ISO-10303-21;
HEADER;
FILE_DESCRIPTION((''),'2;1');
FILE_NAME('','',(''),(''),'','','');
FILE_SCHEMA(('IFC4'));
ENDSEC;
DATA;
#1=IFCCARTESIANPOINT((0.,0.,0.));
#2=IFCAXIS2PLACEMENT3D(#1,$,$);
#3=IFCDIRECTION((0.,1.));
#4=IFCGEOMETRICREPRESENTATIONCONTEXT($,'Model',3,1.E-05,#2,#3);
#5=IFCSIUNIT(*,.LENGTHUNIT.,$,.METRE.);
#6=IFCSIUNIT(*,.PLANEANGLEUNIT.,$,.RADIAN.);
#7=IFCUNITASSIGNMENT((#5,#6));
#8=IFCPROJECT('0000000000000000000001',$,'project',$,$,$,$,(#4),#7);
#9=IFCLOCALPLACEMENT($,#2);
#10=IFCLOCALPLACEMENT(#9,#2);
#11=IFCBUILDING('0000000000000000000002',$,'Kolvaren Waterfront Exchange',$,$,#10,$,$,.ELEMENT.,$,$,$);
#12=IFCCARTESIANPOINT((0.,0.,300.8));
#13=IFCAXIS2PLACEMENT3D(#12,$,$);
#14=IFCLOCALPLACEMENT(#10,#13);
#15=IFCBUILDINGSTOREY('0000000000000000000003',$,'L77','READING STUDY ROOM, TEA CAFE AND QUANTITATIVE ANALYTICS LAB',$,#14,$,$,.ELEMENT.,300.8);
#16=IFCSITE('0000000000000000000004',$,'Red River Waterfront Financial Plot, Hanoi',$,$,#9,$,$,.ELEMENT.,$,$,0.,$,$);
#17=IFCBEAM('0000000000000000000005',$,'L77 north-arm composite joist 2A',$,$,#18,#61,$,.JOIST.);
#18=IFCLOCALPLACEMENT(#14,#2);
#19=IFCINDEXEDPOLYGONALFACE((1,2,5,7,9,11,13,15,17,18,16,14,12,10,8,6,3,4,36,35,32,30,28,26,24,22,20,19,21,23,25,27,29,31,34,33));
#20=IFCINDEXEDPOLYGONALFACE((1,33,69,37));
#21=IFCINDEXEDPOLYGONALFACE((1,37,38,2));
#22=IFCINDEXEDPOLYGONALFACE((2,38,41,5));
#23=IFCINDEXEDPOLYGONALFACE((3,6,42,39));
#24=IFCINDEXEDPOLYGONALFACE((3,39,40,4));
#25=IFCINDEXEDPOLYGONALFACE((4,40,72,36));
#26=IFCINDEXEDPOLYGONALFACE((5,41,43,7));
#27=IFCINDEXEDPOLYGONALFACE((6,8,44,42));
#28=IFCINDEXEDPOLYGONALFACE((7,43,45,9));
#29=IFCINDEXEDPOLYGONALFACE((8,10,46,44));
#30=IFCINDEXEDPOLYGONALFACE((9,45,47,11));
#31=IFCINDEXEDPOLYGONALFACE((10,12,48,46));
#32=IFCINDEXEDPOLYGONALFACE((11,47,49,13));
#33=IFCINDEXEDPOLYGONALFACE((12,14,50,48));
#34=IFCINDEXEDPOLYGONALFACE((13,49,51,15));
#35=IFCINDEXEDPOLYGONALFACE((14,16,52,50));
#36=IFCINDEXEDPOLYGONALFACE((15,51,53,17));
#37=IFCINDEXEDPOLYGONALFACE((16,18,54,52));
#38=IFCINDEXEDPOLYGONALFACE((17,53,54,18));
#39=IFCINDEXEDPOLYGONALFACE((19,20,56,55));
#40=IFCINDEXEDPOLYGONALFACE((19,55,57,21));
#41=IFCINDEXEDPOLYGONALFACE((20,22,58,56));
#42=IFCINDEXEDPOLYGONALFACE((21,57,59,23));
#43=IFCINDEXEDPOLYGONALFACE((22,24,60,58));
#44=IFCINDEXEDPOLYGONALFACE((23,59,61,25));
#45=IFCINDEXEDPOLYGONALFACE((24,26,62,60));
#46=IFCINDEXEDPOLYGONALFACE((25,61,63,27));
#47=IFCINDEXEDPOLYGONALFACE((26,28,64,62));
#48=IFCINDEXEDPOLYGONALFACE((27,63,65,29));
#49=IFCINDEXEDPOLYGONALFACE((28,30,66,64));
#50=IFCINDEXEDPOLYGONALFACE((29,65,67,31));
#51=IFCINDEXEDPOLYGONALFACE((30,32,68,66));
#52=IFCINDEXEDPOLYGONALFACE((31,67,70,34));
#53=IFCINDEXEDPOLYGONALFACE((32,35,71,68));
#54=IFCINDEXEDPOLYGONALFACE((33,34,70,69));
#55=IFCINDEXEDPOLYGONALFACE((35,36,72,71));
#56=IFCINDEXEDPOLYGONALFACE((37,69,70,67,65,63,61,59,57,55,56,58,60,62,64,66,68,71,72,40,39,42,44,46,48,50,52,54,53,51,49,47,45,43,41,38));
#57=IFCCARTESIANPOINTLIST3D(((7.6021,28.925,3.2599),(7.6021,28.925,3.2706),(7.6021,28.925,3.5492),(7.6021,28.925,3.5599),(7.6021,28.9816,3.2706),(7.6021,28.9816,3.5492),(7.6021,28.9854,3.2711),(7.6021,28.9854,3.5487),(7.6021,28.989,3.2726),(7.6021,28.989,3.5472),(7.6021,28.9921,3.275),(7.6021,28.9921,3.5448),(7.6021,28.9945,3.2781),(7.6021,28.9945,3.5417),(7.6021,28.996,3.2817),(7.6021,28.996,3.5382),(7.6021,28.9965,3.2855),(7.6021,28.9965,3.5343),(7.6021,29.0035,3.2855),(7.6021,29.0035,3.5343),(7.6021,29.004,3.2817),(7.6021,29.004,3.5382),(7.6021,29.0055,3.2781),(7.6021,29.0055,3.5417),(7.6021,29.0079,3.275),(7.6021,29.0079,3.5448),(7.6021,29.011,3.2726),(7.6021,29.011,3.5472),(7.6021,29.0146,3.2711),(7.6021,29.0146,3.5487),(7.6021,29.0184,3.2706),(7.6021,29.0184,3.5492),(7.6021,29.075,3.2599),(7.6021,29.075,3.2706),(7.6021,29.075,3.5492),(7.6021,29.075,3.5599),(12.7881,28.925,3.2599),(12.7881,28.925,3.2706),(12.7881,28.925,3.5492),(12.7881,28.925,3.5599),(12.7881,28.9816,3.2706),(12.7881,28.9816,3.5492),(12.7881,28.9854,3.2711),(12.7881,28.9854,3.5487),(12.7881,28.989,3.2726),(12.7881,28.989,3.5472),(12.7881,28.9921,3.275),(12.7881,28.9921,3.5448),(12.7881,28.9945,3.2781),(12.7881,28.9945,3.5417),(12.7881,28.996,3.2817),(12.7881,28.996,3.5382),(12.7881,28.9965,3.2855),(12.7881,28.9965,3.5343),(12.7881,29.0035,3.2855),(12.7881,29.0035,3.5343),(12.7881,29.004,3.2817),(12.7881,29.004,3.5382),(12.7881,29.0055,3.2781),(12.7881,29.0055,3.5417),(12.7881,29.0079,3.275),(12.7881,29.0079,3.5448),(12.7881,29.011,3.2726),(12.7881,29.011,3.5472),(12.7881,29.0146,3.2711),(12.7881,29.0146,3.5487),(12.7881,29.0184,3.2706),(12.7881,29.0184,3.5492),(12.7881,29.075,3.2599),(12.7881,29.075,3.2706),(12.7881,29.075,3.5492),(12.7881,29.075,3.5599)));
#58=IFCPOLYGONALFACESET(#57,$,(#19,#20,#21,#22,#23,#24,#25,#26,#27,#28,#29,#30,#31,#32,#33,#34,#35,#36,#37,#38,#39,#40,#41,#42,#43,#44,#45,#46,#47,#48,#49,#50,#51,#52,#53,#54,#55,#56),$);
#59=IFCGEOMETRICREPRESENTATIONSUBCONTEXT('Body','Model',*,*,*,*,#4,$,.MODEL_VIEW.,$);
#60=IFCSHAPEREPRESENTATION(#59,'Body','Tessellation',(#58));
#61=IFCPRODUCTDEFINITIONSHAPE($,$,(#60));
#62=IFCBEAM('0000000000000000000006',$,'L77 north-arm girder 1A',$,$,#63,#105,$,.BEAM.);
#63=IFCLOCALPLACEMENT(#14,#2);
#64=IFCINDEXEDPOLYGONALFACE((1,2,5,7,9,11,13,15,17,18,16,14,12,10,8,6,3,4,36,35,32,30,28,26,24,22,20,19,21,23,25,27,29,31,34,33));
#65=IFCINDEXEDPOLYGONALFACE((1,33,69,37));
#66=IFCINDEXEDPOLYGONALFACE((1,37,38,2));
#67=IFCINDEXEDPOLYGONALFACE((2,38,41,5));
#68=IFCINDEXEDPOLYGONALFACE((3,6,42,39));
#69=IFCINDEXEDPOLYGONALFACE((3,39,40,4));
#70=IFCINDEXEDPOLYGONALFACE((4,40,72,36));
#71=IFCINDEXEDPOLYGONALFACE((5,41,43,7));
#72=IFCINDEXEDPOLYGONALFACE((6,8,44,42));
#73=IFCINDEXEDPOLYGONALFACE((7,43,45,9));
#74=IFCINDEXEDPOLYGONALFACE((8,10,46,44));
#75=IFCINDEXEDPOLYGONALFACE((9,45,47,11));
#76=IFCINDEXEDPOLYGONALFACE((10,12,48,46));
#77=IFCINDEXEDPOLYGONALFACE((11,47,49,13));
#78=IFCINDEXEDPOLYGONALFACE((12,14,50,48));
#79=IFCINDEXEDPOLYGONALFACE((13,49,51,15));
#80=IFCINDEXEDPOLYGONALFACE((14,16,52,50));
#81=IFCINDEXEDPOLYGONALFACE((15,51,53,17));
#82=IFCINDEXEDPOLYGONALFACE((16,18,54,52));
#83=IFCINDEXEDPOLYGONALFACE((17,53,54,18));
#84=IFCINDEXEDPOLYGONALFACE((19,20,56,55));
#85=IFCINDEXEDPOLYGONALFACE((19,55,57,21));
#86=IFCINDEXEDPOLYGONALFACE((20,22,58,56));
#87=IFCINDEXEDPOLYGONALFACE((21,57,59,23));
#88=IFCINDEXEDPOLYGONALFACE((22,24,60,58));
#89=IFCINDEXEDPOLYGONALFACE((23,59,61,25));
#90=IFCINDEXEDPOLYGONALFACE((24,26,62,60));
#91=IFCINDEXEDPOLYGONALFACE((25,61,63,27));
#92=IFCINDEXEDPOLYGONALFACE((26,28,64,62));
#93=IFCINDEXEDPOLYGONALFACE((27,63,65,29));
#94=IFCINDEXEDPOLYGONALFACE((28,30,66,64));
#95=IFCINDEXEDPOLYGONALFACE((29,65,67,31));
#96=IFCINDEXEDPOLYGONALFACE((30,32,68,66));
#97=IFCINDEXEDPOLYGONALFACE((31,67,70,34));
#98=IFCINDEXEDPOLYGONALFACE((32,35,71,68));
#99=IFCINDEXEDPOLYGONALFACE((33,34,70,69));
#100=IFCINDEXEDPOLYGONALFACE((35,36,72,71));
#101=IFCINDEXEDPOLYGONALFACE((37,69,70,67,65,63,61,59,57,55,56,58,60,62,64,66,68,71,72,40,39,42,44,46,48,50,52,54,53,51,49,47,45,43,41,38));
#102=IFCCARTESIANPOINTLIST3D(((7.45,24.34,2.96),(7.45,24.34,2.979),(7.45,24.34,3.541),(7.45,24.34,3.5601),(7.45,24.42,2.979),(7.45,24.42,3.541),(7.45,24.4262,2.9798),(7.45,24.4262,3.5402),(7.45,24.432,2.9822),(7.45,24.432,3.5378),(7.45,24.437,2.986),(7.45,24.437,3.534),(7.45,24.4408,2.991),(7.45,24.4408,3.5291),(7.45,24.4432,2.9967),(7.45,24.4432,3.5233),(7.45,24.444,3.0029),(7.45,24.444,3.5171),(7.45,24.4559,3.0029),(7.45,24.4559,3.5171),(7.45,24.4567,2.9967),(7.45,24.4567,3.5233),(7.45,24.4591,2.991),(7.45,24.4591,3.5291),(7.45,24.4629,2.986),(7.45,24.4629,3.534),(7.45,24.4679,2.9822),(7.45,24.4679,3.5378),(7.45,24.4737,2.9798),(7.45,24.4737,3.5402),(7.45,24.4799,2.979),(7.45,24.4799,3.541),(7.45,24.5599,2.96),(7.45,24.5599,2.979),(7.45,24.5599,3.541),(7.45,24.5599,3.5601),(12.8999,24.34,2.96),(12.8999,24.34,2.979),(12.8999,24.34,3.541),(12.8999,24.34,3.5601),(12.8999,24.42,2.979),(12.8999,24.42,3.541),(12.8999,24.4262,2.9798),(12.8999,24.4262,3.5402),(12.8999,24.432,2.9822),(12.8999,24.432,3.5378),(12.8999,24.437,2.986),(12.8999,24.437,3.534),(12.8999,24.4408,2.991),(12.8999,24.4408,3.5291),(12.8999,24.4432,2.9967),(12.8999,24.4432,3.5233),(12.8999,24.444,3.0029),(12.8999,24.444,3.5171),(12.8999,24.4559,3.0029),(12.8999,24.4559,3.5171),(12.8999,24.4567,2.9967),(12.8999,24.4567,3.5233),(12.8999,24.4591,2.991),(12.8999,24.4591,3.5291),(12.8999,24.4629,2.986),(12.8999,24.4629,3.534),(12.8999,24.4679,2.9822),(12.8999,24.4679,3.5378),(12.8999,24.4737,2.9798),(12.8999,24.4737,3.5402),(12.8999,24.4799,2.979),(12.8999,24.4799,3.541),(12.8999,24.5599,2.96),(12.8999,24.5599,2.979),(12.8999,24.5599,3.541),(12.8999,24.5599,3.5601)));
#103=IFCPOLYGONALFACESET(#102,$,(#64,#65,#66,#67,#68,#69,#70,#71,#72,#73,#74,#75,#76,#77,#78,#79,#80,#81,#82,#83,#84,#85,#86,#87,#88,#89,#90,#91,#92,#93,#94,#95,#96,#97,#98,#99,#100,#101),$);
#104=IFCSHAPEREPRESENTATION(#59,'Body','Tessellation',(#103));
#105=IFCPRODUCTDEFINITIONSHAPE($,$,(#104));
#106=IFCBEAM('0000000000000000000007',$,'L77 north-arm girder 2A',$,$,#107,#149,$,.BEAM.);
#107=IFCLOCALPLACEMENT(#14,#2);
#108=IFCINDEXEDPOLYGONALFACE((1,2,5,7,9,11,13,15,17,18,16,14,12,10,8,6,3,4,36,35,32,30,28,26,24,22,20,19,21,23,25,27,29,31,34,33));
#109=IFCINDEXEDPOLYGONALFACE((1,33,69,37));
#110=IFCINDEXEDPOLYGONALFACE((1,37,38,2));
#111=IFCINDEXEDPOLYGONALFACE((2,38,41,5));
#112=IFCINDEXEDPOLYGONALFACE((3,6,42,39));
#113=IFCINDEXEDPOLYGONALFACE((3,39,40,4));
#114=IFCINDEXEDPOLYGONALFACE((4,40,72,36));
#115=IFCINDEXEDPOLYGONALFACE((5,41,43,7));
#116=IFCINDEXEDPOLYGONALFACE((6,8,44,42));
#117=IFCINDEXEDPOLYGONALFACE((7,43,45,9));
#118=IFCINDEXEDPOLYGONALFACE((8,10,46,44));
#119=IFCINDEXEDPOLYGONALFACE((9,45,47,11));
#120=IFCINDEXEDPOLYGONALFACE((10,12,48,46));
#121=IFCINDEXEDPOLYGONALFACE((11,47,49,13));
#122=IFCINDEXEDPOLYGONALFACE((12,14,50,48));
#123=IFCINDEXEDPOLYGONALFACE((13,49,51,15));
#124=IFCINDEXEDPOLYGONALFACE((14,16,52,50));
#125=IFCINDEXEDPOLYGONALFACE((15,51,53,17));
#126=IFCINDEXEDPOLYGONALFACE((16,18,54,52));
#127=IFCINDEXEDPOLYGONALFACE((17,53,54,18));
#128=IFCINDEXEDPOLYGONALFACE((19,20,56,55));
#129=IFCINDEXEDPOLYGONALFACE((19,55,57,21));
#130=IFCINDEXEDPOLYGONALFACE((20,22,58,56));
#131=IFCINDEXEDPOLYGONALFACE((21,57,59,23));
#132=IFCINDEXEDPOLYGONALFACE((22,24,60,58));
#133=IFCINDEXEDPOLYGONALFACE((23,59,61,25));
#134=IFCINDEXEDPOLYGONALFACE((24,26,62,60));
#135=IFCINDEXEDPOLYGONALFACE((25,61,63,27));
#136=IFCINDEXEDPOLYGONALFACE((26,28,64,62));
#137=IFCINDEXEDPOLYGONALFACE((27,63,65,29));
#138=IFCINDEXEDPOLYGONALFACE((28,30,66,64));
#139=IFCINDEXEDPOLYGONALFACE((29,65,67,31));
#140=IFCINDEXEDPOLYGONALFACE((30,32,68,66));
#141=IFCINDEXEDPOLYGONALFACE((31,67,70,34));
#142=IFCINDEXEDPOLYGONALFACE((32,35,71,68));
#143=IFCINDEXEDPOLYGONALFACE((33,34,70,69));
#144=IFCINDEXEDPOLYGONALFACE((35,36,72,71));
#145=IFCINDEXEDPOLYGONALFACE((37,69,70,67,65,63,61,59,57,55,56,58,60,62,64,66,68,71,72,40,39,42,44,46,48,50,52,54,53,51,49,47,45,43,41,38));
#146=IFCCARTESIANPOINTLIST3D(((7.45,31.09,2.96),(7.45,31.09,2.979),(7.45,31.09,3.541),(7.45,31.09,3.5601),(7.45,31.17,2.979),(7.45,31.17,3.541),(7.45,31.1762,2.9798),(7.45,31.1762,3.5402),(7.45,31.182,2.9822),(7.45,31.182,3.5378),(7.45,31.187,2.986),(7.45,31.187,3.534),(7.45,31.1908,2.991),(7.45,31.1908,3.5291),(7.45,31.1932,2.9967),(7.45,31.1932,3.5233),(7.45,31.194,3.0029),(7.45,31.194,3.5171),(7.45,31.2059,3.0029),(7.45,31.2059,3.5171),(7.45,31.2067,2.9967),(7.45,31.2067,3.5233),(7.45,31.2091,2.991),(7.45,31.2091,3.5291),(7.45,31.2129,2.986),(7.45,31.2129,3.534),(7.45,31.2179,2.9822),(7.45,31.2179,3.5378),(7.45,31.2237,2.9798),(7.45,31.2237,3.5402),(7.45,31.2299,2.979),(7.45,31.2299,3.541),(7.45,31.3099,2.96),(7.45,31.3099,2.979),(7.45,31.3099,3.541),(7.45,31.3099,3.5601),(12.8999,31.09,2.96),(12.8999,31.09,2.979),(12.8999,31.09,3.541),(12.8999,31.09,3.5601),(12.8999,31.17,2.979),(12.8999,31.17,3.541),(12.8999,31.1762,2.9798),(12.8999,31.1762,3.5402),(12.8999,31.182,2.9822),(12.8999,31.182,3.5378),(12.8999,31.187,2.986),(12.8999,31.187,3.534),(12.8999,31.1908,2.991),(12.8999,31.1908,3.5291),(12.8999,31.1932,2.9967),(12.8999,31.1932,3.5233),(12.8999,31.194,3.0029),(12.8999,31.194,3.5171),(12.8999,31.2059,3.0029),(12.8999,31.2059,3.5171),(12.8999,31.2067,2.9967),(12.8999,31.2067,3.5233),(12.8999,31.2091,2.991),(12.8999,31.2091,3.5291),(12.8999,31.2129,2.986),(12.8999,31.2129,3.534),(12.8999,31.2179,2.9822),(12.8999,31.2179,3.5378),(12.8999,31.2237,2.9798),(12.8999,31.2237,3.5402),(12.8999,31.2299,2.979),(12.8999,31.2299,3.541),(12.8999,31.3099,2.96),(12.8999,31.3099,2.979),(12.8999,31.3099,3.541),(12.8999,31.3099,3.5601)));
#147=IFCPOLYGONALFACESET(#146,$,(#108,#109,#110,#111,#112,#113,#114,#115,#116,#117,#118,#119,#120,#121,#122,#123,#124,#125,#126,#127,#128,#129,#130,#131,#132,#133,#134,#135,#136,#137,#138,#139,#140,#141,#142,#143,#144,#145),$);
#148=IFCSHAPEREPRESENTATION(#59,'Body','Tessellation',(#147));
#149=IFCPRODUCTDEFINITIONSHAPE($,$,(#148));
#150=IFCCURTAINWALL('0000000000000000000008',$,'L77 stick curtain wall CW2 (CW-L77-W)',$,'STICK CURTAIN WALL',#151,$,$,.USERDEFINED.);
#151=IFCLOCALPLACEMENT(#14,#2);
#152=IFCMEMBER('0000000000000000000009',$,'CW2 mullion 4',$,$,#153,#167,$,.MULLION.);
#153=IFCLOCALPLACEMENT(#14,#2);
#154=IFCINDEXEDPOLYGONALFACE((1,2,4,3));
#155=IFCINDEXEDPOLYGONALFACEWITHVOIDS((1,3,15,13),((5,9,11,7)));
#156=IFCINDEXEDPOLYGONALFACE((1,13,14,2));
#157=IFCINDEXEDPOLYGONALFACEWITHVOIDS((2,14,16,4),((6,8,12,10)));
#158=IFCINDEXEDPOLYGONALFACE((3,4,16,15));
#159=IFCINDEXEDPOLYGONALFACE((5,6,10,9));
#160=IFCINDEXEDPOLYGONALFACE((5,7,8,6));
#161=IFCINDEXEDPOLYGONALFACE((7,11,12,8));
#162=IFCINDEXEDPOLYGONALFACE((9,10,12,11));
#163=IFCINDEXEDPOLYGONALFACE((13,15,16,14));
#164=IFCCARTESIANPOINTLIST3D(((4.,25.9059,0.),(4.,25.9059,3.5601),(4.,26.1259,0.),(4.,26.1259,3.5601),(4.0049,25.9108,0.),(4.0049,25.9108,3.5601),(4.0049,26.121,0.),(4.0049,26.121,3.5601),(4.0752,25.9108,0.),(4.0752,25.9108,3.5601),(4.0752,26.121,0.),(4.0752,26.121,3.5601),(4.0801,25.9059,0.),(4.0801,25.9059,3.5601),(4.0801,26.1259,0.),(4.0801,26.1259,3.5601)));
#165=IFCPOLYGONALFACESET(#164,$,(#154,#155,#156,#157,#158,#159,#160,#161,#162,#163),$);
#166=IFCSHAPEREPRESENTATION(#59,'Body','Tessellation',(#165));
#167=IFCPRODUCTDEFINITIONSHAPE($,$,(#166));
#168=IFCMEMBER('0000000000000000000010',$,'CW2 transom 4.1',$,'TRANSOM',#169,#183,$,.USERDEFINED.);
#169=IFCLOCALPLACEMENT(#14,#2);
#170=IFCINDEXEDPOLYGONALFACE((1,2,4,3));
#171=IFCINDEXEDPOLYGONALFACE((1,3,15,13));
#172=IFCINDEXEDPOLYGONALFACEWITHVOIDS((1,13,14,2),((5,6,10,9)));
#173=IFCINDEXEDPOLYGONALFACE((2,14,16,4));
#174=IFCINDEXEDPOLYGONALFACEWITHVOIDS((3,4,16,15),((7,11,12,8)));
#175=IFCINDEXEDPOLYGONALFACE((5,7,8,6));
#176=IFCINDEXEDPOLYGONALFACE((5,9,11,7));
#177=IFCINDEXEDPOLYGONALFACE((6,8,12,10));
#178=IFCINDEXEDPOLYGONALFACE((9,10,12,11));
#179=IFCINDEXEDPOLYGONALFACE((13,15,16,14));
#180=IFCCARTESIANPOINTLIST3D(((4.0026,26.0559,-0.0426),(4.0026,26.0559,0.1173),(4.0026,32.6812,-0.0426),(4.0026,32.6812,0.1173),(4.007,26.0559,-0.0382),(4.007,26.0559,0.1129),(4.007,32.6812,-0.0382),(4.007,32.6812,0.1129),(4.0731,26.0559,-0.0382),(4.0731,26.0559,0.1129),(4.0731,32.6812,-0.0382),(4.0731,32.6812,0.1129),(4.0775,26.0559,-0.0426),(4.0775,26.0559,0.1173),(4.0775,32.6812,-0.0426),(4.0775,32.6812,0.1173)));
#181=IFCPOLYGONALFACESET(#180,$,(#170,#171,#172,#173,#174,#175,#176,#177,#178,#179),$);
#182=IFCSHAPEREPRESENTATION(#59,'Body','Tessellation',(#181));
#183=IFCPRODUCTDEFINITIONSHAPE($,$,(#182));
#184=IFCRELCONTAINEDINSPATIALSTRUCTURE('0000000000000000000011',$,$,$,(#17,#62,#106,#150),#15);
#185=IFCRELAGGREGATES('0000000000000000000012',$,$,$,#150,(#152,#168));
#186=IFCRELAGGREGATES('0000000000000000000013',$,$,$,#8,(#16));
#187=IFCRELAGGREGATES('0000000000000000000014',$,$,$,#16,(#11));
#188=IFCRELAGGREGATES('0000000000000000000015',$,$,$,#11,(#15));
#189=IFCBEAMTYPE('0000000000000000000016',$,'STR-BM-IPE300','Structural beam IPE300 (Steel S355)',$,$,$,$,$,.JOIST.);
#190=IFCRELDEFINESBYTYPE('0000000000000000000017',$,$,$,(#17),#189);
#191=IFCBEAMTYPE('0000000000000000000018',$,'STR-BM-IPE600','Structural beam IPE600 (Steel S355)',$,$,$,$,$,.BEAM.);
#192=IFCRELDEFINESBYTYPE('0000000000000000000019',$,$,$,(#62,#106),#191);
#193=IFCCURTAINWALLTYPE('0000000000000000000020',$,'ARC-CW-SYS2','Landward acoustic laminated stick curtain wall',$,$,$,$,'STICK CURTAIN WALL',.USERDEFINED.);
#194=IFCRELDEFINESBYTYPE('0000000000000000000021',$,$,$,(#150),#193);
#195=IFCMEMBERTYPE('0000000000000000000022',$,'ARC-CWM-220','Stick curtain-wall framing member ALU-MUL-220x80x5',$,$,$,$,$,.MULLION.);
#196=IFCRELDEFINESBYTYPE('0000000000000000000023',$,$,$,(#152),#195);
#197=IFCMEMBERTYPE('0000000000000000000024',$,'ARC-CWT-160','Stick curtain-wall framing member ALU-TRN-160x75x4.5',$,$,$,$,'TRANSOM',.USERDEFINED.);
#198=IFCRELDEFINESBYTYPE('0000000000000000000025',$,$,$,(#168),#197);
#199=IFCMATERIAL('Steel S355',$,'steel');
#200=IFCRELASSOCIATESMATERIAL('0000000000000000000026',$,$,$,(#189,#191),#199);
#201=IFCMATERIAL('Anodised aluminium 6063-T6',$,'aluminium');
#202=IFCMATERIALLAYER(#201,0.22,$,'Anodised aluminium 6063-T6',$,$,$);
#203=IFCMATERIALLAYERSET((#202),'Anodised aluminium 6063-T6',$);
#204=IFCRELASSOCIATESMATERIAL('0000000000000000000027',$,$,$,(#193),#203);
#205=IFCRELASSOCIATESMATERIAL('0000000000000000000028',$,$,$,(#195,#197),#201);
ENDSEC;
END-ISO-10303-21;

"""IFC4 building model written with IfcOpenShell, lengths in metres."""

from ifc_helpers import new_model, si_unit, direction, frame, origin, origin_with_axes, origin_2d, place, context, subcontext, project, spatial, hollow_rectangle, i_section, extrude, source, transform, mapped, material, layer, layer_set, material_profile, profile_set, type_object, element, aggregate, save


model = new_model("IFC4")

# Units and contexts
model_context = context("Model", 3, precision=1e-05, world=origin(), true_north=direction((0.0, 1.0)))
body_context = subcontext(model_context, "Body", "Model", "MODEL_VIEW")
ifc_project = project(units=[si_unit("LENGTHUNIT", "METRE"), si_unit("PLANEANGLEUNIT", "RADIAN")], contexts=[model_context])

# Site, building, storey
site_placement = place(None, origin())
site = spatial("IfcSite", under=ifc_project, at=site_placement, Name="Red River Waterfront Financial Plot, Hanoi", CompositionType="ELEMENT", RefElevation=0.0)
building_placement = place(site_placement, origin())
building = spatial("IfcBuilding", under=site, at=building_placement, Name="Kolvaren Waterfront Exchange", CompositionType="ELEMENT")
storey_placement = place(building_placement, frame((0.0, 0.0, 300.8)))
storey = spatial("IfcBuildingStorey", under=building, at=storey_placement, Name="L77", Description="READING STUDY ROOM, TEA CAFE AND QUANTITATIVE ANALYTICS LAB", CompositionType="ELEMENT", Elevation=300.8)

# Beams
ifc_material_1 = material(Name="Steel S355", Category="steel")
ifc_material_profile_1 = material_profile(ifc_material_1, i_section(OverallWidth=0.1499, OverallDepth=0.3, WebThickness=0.0071, FlangeThickness=0.0107, FilletRadius=0.0149, at=origin_2d()), Name="IPE300")
ifc_profile_set_1 = profile_set([ifc_material_profile_1], Name="Steel S355")
beam_type_1 = type_object("IfcBeamType", Name="STR-BM-IPE300", Description="Structural beam IPE300 (Steel S355)", PredefinedType="JOIST", material=ifc_profile_set_1)
for number, where, z_axis, x_axis, name in (
    (1, (7.6021, 29.0, 3.4099), (1.0, 0.0, 0.0), (0.0, 1.0, 0.0), "L77 north-arm composite joist 2A"),
):
    element("IfcBeam", number, at=place(storey_placement, frame(where, z_axis=z_axis, x_axis=x_axis)), inside=storey, type_object=beam_type_1, Name=name, PredefinedType="JOIST", context=body_context, shape_type="SweptSolid", body=[
        extrude(i_section(OverallWidth=0.1499, OverallDepth=0.3, WebThickness=0.0071, FlangeThickness=0.0107, FilletRadius=0.0149, at=origin_2d()), origin(), (0.0, 0.0, 1.0), 5.186),
    ])
ifc_material_profile_2 = material_profile(ifc_material_1, i_section(OverallWidth=0.22, OverallDepth=0.6001, WebThickness=0.012, FlangeThickness=0.019, FilletRadius=0.0239, at=origin_2d()), Name="IPE600")
ifc_profile_set_2 = profile_set([ifc_material_profile_2], Name="Steel S355")
beam_type_2 = type_object("IfcBeamType", Name="STR-BM-IPE600", Description="Structural beam IPE600 (Steel S355)", PredefinedType="BEAM", material=ifc_profile_set_2)
for number, where, z_axis, x_axis, name in (
    (2, (7.45, 24.45, 3.26), (1.0, 0.0, 0.0), (0.0, 1.0, 0.0), "L77 north-arm girder 1A"),
    (3, (7.45, 31.2, 3.26), (1.0, 0.0, 0.0), (0.0, 1.0, 0.0), "L77 north-arm girder 2A"),
):
    element("IfcBeam", number, at=place(storey_placement, frame(where, z_axis=z_axis, x_axis=x_axis)), inside=storey, type_object=beam_type_2, Name=name, PredefinedType="BEAM", context=body_context, shape_type="SweptSolid", body=[
        extrude(i_section(OverallWidth=0.22, OverallDepth=0.6001, WebThickness=0.012, FlangeThickness=0.019, FilletRadius=0.0239, at=origin_2d()), origin(), (0.0, 0.0, 1.0), 5.45),
    ])

# Curtain wall, members
ifc_material_2 = material(Name="Anodised aluminium 6063-T6", Category="aluminium")
ifc_layer_1 = layer(ifc_material_2, 0.22, Name="Anodised aluminium 6063-T6")
ifc_layer_set_1 = layer_set([ifc_layer_1], Name="Anodised aluminium 6063-T6")
curtain_wall_type = type_object("IfcCurtainWallType", Name="ARC-CW-SYS2", Description="Landward acoustic laminated stick curtain wall", ElementType="STICK CURTAIN WALL", PredefinedType="USERDEFINED", material=ifc_layer_set_1)
curtain_wall_placement = place(storey_placement, origin())
curtain_wall = element("IfcCurtainWall", 4, at=curtain_wall_placement, inside=storey, type_object=curtain_wall_type, Name="L77 stick curtain wall CW2 (CW-L77-W)", ObjectType="STICK CURTAIN WALL", PredefinedType="USERDEFINED")
ifc_material_profile_3 = material_profile(ifc_material_2, hollow_rectangle(XDim=0.0801, YDim=0.22, WallThickness=0.0049, at=origin_2d()), Name="ALU-MUL-220x80x5")
ifc_profile_set_3 = profile_set([ifc_material_profile_3], Name="Anodised aluminium 6063-T6")
member_type_1 = type_object("IfcMemberType", Name="ARC-CWM-220", Description="Stick curtain-wall framing member ALU-MUL-220x80x5", PredefinedType="MULLION", material=ifc_profile_set_3)
shared_shape_1 = source(origin_with_axes(), body_context, "Body", "SweptSolid", [
    extrude(hollow_rectangle(XDim=0.0801, YDim=0.22, WallThickness=0.0049, at=origin_2d()), origin(), (0.0, 0.0, 1.0), 3.5601),
])
member_1_placement = place(storey_placement, frame((4.04, 26.0159, 0.0), z_axis=(0.0, 0.0, 1.0), x_axis=(-1.0, 0.0, 0.0)))
member_1 = element("IfcMember", 5, at=member_1_placement, type_object=member_type_1, Name="CW2 mullion 4", PredefinedType="MULLION", context=body_context, shape_type="MappedRepresentation", body=[
    mapped(shared_shape_1, transform((0.0, 0.0, 0.0), x_axis=(1.0, 0.0, 0.0), y_axis=(0.0, 1.0, 0.0), z_axis=(0.0, 0.0, 1.0), scale=1.0)),
])
ifc_material_profile_4 = material_profile(ifc_material_2, hollow_rectangle(XDim=0.075, YDim=0.1599, WallThickness=0.0044, at=origin_2d()), Name="ALU-TRN-160x75x4.5")
ifc_profile_set_4 = profile_set([ifc_material_profile_4], Name="Anodised aluminium 6063-T6")
member_type_2 = type_object("IfcMemberType", Name="ARC-CWT-160", Description="Stick curtain-wall framing member ALU-TRN-160x75x4.5", ElementType="TRANSOM", PredefinedType="USERDEFINED", material=ifc_profile_set_4)
shared_shape_2 = source(origin_with_axes(), body_context, "Body", "SweptSolid", [
    extrude(hollow_rectangle(XDim=0.075, YDim=0.1599, WallThickness=0.0044, at=origin_2d()), origin(), (0.0, 0.0, 1.0), 6.6252),
])
member_2_placement = place(storey_placement, frame((4.04, 26.0559, 0.0374), z_axis=(0.0, 1.0, 0.0), x_axis=(-1.0, 0.0, 0.0)))
member_2 = element("IfcMember", 6, at=member_2_placement, type_object=member_type_2, Name="CW2 transom 4.1", ObjectType="TRANSOM", PredefinedType="USERDEFINED", context=body_context, shape_type="MappedRepresentation", body=[
    mapped(shared_shape_2, transform((0.0, 0.0, 0.0), x_axis=(1.0, 0.0, 0.0), y_axis=(0.0, 1.0, 0.0), z_axis=(0.0, 0.0, 1.0), scale=1.0)),
])
aggregate(curtain_wall, [member_1, member_2])

save(model, "model.ifc")
